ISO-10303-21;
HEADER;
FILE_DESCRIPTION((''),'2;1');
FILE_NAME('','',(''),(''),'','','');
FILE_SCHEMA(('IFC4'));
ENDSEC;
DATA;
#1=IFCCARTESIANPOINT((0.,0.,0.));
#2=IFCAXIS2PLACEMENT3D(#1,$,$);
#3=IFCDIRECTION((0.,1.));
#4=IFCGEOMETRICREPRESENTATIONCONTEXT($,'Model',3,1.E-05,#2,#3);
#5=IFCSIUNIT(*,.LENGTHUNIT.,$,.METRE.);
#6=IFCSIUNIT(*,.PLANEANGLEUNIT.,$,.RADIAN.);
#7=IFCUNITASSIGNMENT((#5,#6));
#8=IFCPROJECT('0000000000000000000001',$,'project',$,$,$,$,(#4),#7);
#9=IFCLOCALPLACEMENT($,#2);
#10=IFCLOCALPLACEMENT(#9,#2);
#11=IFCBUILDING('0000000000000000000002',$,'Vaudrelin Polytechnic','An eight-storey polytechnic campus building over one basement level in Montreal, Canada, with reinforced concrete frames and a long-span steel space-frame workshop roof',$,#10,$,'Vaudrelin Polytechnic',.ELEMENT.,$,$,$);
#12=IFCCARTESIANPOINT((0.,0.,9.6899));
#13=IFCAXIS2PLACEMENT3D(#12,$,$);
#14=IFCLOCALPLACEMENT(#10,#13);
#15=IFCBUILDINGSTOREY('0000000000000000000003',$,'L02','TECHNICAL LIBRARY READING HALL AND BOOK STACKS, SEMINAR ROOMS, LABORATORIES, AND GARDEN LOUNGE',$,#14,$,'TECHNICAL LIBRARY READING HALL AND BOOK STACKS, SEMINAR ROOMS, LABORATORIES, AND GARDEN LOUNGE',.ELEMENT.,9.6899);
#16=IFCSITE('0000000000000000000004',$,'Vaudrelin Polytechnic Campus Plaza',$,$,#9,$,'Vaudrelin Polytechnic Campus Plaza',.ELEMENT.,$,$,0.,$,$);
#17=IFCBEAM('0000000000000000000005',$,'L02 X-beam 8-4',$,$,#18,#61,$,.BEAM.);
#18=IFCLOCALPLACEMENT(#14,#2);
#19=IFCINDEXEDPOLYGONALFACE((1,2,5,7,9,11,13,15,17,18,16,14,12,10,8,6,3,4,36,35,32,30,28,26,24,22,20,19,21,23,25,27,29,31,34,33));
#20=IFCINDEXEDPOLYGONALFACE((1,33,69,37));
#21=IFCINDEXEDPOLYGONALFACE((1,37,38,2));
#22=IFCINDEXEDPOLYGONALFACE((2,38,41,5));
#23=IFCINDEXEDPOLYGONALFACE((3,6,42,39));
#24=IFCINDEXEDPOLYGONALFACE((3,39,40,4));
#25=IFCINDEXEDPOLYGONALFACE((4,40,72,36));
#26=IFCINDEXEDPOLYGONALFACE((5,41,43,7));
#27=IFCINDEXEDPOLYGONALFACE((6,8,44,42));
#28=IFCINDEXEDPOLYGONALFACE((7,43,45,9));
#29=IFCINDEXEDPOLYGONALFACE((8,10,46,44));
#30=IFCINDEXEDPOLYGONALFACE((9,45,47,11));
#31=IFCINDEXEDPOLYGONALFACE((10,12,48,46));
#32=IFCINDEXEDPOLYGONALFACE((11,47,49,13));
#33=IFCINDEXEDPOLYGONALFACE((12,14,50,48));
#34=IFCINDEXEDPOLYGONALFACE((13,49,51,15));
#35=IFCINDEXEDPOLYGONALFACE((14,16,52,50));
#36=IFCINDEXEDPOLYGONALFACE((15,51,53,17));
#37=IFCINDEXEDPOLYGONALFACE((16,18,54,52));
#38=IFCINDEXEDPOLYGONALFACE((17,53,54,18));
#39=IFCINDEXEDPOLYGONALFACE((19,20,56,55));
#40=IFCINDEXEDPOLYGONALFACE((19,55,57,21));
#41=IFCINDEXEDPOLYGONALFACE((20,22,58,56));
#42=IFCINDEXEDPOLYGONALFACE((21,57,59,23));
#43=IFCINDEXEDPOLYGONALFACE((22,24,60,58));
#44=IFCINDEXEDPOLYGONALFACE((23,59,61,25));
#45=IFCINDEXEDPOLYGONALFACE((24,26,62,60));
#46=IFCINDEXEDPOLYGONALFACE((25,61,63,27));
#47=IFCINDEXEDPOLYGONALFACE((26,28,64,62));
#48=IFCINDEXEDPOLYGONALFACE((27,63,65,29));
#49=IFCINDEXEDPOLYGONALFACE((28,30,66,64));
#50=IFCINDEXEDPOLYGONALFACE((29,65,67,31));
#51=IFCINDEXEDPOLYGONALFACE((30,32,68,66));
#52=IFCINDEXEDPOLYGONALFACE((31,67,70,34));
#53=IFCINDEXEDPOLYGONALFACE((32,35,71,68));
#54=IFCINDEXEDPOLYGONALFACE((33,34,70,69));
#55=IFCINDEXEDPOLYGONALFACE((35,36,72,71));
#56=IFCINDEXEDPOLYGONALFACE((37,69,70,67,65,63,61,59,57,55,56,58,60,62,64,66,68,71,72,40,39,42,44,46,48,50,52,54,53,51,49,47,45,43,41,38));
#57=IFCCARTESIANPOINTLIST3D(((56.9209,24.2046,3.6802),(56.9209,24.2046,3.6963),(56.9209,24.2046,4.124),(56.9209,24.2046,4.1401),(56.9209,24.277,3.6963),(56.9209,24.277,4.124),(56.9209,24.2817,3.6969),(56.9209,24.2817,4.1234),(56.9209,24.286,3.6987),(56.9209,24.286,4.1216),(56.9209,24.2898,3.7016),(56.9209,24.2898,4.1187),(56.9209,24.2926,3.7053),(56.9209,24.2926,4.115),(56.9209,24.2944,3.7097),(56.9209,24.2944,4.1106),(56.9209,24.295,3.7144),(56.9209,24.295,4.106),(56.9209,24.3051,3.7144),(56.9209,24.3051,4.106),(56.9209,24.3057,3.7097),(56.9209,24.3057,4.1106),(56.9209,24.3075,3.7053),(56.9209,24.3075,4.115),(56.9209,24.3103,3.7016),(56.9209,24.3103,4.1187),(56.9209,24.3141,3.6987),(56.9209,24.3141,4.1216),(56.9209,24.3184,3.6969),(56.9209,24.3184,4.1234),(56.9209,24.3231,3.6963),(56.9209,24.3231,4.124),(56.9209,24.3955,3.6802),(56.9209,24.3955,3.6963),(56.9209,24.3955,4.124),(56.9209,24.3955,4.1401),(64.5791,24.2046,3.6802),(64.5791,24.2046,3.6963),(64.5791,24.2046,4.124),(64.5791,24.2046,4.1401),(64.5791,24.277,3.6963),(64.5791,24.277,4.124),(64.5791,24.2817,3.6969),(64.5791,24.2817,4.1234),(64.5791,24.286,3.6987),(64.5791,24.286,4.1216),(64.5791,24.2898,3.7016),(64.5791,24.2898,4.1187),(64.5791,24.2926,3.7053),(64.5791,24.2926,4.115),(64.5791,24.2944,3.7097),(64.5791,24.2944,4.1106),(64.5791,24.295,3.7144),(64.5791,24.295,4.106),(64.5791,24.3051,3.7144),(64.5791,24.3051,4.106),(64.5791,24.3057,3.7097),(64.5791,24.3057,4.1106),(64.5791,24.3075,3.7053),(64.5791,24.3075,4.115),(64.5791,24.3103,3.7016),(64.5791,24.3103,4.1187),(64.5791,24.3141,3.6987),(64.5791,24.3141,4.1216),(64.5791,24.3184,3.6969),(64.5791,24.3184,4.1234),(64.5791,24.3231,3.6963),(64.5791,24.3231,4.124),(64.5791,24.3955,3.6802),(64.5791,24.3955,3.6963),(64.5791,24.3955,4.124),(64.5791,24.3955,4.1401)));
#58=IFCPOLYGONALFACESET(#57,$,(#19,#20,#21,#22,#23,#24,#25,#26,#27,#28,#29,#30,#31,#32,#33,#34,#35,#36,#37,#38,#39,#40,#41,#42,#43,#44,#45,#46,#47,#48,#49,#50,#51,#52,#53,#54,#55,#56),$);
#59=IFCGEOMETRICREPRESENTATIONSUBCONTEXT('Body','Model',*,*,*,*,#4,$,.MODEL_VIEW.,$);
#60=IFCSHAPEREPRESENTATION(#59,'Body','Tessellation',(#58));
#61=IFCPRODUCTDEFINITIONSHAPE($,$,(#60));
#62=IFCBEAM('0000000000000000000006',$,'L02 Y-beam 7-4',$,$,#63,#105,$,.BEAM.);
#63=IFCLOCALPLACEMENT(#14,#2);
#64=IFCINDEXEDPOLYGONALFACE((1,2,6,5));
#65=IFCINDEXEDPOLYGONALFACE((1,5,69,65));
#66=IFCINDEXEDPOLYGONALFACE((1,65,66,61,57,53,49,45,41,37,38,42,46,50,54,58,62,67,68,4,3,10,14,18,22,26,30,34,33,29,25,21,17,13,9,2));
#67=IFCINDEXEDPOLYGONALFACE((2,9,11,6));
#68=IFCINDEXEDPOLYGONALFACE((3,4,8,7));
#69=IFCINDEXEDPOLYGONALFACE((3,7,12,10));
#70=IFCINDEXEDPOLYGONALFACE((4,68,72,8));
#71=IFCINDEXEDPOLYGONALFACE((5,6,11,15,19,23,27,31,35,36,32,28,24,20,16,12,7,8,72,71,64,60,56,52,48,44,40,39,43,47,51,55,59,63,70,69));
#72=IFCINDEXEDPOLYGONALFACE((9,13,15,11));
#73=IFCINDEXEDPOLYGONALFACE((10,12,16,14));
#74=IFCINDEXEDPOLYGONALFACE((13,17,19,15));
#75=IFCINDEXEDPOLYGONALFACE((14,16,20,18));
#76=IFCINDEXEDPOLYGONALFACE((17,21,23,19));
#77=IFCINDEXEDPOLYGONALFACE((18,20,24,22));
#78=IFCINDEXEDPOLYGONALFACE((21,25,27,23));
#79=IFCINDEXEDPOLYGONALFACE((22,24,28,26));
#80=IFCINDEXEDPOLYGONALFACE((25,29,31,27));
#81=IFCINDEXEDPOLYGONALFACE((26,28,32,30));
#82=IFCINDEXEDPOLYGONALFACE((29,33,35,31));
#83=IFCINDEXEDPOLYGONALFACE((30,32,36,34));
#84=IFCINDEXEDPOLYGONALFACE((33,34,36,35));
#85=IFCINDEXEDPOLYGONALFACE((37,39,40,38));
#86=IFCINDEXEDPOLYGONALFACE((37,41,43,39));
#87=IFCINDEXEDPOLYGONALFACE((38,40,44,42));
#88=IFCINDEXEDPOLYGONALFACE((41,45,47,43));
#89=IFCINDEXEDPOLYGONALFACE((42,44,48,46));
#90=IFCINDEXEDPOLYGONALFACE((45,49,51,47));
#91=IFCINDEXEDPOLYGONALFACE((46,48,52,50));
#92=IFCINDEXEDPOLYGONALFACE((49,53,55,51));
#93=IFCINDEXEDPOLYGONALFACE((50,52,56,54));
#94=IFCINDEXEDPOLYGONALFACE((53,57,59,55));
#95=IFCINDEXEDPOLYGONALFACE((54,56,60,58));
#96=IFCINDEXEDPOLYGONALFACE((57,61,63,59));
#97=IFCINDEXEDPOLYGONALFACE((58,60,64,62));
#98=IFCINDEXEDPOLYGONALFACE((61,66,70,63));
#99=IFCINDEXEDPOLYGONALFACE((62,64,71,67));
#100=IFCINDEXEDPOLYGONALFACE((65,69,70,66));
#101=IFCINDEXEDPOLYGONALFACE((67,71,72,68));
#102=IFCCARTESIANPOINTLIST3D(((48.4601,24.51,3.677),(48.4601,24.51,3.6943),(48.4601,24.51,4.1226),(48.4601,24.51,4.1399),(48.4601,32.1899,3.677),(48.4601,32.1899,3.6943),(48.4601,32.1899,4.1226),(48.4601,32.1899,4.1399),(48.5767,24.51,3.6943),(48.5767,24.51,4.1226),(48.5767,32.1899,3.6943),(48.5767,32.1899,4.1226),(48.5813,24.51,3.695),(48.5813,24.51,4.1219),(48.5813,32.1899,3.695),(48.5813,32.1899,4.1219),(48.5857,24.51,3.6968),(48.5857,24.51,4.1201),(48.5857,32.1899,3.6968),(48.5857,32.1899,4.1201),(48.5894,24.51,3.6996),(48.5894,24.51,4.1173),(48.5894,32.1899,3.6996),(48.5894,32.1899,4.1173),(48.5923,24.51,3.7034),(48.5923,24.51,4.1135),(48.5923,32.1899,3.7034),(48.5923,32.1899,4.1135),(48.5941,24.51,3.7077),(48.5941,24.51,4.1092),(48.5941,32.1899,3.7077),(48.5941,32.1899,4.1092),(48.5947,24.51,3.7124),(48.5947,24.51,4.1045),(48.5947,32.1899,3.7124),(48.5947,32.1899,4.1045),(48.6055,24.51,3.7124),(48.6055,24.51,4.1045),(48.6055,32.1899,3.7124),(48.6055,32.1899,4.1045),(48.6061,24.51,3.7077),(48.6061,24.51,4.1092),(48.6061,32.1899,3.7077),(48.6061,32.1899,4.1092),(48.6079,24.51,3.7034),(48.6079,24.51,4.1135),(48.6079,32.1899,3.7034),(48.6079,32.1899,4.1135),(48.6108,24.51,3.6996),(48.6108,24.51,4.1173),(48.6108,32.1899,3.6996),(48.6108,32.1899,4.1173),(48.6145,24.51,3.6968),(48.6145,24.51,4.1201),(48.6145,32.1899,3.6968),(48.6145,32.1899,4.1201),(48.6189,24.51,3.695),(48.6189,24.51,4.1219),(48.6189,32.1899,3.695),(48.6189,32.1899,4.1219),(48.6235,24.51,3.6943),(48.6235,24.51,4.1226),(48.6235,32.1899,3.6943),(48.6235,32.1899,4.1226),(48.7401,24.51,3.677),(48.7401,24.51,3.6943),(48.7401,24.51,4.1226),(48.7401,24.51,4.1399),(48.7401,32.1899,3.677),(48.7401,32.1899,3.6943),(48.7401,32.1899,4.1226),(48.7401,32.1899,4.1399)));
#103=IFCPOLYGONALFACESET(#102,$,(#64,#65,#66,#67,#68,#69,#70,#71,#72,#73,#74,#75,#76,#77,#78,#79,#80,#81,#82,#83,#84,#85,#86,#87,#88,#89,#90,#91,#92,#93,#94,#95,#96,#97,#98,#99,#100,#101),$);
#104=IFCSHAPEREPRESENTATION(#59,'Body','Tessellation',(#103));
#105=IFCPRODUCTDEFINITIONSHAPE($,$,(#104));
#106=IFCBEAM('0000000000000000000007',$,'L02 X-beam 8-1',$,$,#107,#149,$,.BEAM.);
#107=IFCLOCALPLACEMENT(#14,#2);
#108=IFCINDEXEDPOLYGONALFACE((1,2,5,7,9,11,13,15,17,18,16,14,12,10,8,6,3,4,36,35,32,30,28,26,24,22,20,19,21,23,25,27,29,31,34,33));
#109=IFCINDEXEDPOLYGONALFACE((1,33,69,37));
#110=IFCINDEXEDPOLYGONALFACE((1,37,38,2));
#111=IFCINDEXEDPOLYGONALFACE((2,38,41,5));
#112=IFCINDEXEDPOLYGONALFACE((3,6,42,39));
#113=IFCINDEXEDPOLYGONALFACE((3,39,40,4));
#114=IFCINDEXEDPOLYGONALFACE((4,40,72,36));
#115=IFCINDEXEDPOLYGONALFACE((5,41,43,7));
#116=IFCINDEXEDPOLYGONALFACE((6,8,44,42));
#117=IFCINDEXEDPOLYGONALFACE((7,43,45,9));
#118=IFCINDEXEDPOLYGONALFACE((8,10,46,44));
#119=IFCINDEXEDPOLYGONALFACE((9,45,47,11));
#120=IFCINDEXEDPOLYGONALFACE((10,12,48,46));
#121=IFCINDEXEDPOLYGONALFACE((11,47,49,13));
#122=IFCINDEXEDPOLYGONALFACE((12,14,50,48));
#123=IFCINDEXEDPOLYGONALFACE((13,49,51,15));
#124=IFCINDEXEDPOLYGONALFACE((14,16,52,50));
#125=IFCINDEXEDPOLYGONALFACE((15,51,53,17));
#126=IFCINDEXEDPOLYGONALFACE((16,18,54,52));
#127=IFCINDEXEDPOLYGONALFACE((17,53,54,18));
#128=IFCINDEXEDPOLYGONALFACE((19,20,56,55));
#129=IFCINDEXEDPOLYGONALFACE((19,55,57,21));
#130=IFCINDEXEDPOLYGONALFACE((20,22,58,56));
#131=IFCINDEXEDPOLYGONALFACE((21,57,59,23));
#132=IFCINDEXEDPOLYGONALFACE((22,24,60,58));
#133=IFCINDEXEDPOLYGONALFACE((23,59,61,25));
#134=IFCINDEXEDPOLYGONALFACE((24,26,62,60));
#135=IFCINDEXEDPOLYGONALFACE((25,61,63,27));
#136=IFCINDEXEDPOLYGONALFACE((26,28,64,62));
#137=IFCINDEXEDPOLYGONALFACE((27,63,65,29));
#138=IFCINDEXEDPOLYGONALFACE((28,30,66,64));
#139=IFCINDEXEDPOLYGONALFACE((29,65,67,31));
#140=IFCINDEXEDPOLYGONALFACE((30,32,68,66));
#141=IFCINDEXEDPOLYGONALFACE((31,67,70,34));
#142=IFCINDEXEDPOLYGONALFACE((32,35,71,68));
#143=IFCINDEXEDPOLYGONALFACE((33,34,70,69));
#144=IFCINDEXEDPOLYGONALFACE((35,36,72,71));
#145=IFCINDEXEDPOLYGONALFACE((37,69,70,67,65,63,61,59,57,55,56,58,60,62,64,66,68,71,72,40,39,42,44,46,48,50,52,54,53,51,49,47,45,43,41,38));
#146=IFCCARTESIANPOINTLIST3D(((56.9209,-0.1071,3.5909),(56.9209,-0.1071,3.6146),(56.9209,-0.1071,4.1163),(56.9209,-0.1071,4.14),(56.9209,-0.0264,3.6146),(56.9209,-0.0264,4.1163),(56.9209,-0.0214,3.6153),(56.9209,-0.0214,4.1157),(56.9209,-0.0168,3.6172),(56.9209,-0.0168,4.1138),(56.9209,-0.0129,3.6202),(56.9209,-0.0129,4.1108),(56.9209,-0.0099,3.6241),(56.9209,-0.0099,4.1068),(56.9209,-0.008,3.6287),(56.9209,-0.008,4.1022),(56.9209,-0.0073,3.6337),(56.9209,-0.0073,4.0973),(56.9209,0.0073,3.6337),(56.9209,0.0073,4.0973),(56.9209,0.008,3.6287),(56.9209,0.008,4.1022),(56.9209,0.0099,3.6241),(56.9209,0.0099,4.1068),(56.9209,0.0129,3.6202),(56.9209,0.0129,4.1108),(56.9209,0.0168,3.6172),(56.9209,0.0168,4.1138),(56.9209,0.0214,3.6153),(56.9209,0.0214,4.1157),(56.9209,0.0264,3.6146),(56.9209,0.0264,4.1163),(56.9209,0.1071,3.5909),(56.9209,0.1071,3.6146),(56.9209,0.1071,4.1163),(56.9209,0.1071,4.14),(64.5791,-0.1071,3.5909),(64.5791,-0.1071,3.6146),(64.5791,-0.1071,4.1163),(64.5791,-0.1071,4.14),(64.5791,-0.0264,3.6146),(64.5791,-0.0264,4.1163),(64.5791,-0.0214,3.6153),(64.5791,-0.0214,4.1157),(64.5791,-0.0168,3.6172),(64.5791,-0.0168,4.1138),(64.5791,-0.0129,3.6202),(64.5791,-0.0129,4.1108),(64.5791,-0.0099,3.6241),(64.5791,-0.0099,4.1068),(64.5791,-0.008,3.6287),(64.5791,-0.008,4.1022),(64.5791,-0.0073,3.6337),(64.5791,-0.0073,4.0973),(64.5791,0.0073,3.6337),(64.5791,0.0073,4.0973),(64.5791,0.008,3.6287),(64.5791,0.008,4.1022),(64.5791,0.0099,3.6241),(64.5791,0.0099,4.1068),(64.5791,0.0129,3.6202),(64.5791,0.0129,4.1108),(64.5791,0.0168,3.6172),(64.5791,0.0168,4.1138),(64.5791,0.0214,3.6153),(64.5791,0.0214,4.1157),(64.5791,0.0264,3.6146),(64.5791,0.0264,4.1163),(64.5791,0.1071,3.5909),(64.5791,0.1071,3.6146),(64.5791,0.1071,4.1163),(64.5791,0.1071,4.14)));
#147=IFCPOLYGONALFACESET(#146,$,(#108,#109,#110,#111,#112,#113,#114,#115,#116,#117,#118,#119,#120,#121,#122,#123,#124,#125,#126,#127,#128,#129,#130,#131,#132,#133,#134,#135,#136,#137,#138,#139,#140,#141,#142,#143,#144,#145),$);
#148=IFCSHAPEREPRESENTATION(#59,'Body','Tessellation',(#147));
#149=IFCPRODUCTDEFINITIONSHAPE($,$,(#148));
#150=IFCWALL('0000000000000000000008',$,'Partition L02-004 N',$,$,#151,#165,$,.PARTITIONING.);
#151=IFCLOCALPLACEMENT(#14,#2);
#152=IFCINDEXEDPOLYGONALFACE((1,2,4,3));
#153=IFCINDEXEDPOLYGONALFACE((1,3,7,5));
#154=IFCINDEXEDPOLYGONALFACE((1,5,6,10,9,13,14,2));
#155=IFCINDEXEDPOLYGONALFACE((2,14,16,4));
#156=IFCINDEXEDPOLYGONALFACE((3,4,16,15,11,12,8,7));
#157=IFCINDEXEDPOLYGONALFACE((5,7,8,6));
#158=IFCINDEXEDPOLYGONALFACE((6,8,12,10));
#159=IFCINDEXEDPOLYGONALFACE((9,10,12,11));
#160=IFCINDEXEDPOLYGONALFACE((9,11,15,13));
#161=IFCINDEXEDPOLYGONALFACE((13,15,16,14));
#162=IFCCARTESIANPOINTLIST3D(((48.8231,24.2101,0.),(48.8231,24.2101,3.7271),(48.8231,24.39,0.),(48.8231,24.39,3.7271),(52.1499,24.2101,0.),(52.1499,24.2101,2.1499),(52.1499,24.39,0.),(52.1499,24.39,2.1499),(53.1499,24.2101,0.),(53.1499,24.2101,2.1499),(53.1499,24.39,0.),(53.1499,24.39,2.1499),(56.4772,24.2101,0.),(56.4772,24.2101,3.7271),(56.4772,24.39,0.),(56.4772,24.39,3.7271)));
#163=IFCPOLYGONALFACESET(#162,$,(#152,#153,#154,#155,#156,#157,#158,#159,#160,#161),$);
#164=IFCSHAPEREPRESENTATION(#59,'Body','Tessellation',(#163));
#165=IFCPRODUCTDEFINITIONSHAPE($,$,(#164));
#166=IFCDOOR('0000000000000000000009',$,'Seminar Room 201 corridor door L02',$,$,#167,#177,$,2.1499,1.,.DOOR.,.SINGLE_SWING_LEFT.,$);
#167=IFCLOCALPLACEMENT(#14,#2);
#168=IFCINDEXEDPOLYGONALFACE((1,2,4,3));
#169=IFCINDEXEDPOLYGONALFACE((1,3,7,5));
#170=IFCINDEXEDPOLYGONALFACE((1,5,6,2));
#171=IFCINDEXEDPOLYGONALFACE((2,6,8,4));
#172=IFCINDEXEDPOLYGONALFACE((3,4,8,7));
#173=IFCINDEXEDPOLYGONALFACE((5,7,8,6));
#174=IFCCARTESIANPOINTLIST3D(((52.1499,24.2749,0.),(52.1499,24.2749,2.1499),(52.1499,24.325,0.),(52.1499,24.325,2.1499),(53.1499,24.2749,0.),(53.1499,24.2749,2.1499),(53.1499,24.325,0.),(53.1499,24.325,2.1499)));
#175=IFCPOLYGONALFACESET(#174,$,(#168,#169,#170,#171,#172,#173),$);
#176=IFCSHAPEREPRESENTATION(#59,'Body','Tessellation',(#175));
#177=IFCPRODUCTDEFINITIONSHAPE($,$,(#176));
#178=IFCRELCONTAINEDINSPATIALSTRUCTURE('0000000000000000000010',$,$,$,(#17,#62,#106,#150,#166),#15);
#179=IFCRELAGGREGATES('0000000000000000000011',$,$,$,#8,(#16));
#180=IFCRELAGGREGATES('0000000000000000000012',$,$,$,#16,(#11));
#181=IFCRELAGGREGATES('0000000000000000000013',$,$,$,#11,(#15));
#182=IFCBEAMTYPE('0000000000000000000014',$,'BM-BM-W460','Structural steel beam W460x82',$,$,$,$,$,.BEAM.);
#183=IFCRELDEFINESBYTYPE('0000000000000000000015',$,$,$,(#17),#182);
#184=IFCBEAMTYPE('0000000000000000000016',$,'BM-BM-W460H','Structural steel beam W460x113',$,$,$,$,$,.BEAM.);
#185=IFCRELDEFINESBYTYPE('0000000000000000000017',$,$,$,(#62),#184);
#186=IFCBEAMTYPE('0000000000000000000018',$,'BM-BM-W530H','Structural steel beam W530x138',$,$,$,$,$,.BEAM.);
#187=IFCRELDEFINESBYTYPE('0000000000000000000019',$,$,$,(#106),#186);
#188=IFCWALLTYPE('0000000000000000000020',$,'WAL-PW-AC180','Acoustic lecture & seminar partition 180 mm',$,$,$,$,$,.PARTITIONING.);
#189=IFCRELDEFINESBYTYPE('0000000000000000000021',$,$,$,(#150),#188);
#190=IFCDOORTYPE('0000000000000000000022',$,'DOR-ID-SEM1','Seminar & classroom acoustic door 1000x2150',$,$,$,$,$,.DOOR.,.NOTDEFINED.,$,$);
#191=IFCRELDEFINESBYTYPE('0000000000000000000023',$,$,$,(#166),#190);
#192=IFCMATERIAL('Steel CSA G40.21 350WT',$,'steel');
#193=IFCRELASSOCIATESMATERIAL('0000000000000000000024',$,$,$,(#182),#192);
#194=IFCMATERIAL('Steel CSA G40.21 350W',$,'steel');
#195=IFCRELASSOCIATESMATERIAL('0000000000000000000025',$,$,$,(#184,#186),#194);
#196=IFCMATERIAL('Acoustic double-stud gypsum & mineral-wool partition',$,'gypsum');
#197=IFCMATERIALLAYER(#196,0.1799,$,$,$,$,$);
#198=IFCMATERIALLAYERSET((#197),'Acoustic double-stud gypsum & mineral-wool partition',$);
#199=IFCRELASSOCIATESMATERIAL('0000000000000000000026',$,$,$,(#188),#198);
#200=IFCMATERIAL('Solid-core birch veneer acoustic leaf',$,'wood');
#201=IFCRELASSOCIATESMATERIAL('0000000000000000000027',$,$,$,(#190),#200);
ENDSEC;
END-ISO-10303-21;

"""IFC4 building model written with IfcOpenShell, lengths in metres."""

from ifc_helpers import new_model, si_unit, direction, frame, frame_2d, origin, origin_2d, place, context, subcontext, project, spatial, rectangle, i_section, extrude, material, layer, layer_set, material_profile, profile_set, type_object, element, fill, save


model = new_model("IFC4")

# Units and contexts
model_context = context("Model", 3, precision=1e-05, world=origin(), true_north=direction((0.0, 1.0)))
body_context = subcontext(model_context, "Body", "Model", "MODEL_VIEW")
ifc_project = project(units=[si_unit("LENGTHUNIT", "METRE"), si_unit("PLANEANGLEUNIT", "RADIAN")], contexts=[model_context])

# Site, building, storey
site_placement = place(None, origin())
site = spatial("IfcSite", under=ifc_project, at=site_placement, Name="Vaudrelin Polytechnic Campus Plaza", LongName="Vaudrelin Polytechnic Campus Plaza", CompositionType="ELEMENT", RefElevation=0.0)
building_placement = place(site_placement, origin())
building = spatial("IfcBuilding", under=site, at=building_placement, Name="Vaudrelin Polytechnic", Description="An eight-storey polytechnic campus building over one basement level in Montreal, Canada, with reinforced concrete frames and a long-span steel space-frame workshop roof", LongName="Vaudrelin Polytechnic", CompositionType="ELEMENT")
storey_placement = place(building_placement, frame((0.0, 0.0, 9.6899)))
storey = spatial("IfcBuildingStorey", under=building, at=storey_placement, Name="L02", Description="TECHNICAL LIBRARY READING HALL AND BOOK STACKS, SEMINAR ROOMS, LABORATORIES, AND GARDEN LOUNGE", LongName="TECHNICAL LIBRARY READING HALL AND BOOK STACKS, SEMINAR ROOMS, LABORATORIES, AND GARDEN LOUNGE", CompositionType="ELEMENT", Elevation=9.6899)

# Shared definitions
ifc_material_1 = material(Name="Steel CSA G40.21 350W", Category="steel")

# Beams
ifc_material_2 = material(Name="Steel CSA G40.21 350WT", Category="steel")
ifc_material_profile_1 = material_profile(ifc_material_2, i_section(OverallWidth=0.1909, OverallDepth=0.46, WebThickness=0.01, FlangeThickness=0.0161, FilletRadius=0.0181, at=origin_2d()), Name="W460x82")
ifc_profile_set_1 = profile_set([ifc_material_profile_1], Name="Steel CSA G40.21 350WT")
beam_type_1 = type_object("IfcBeamType", Name="BM-BM-W460", Description="Structural steel beam W460x82", PredefinedType="BEAM", material=ifc_profile_set_1)
beam_1_placement = place(storey_placement, frame((56.9209, 24.3, 3.9102), z_axis=(1.0, 0.0, 0.0), x_axis=(0.0, 1.0, 0.0)))
element("IfcBeam", 1, at=beam_1_placement, inside=storey, type_object=beam_type_1, Name="L02 X-beam 8-4", PredefinedType="BEAM", context=body_context, shape_type="SweptSolid", body=[
    extrude(i_section(OverallWidth=0.1909, OverallDepth=0.46, WebThickness=0.01, FlangeThickness=0.0161, FilletRadius=0.0181, at=origin_2d()), origin(), (0.0, 0.0, 1.0), 7.6582),
])
ifc_material_profile_2 = material_profile(ifc_material_1, i_section(OverallWidth=0.28, OverallDepth=0.4629, WebThickness=0.0107, FlangeThickness=0.0173, FilletRadius=0.0181, at=origin_2d()), Name="W460x113")
ifc_profile_set_2 = profile_set([ifc_material_profile_2], Name="Steel CSA G40.21 350W")
beam_type_2 = type_object("IfcBeamType", Name="BM-BM-W460H", Description="Structural steel beam W460x113", PredefinedType="BEAM", material=ifc_profile_set_2)
beam_2_placement = place(storey_placement, frame((48.6001, 24.51, 3.9084), z_axis=(0.0, 1.0, 0.0), x_axis=(-1.0, 0.0, 0.0)))
element("IfcBeam", 2, at=beam_2_placement, inside=storey, type_object=beam_type_2, Name="L02 Y-beam 7-4", PredefinedType="BEAM", context=body_context, shape_type="SweptSolid", body=[
    extrude(i_section(OverallWidth=0.28, OverallDepth=0.4629, WebThickness=0.0107, FlangeThickness=0.0173, FilletRadius=0.0181, at=origin_2d()), origin(), (0.0, 0.0, 1.0), 7.6799),
])
ifc_material_profile_3 = material_profile(ifc_material_1, i_section(OverallWidth=0.2141, OverallDepth=0.5491, WebThickness=0.0146, FlangeThickness=0.0237, FilletRadius=0.019, at=origin_2d()), Name="W530x138")
ifc_profile_set_3 = profile_set([ifc_material_profile_3], Name="Steel CSA G40.21 350W")
beam_type_3 = type_object("IfcBeamType", Name="BM-BM-W530H", Description="Structural steel beam W530x138", PredefinedType="BEAM", material=ifc_profile_set_3)
beam_3_placement = place(storey_placement, frame((56.9209, 0.0, 3.8655), z_axis=(1.0, 0.0, 0.0), x_axis=(0.0, 1.0, 0.0)))
element("IfcBeam", 3, at=beam_3_placement, inside=storey, type_object=beam_type_3, Name="L02 X-beam 8-1", PredefinedType="BEAM", context=body_context, shape_type="SweptSolid", body=[
    extrude(i_section(OverallWidth=0.2141, OverallDepth=0.5491, WebThickness=0.0146, FlangeThickness=0.0237, FilletRadius=0.019, at=origin_2d()), origin(), (0.0, 0.0, 1.0), 7.6582),
])

# Wall, opening, door
ifc_material_3 = material(Name="Acoustic double-stud gypsum & mineral-wool partition", Category="gypsum")
ifc_layer_1 = layer(ifc_material_3, 0.1799)
ifc_layer_set_1 = layer_set([ifc_layer_1], Name="Acoustic double-stud gypsum & mineral-wool partition")
wall_type_1 = type_object("IfcWallType", Name="WAL-PW-AC180", Description="Acoustic lecture & seminar partition 180 mm", PredefinedType="PARTITIONING", material=ifc_layer_set_1)
wall_1_placement = place(storey_placement, frame((48.823, 24.3, 0.0), z_axis=(0.0, 0.0, 1.0), x_axis=(1.0, 0.0, 0.0)))
wall_1 = element("IfcWall", 4, at=wall_1_placement, inside=storey, type_object=wall_type_1, Name="Partition L02-004 N", PredefinedType="PARTITIONING", context=body_context, shape_type="SweptSolid", body=[
    extrude(rectangle(XDim=7.6541, YDim=0.1799, at=frame_2d((3.8271, 0.0))), origin(), (0.0, 0.0, 1.0), 3.7271),
])
opening_1_placement = place(wall_1_placement, frame((3.3269, 0.0, 0.0)))
opening_1 = element("IfcOpeningElement", 5, at=opening_1_placement, cuts=wall_1, PredefinedType="OPENING", context=body_context, shape_type="SweptSolid", body=[
    extrude(rectangle(XDim=1.0, YDim=2.1499, at=frame_2d((0.5, 1.075))), frame((0.0, 0.1001, 0.0), z_axis=(0.0, -1.0, 0.0), x_axis=(1.0, 0.0, 0.0)), (0.0, 0.0, 1.0), 0.2),
])
ifc_material_4 = material(Name="Solid-core birch veneer acoustic leaf", Category="wood")
door_type_1 = type_object("IfcDoorType", Name="DOR-ID-SEM1", Description="Seminar & classroom acoustic door 1000x2150", OperationType="NOTDEFINED", PredefinedType="DOOR", material=ifc_material_4)
door_1_placement = place(opening_1_placement, origin())
door_1 = element("IfcDoor", 6, at=door_1_placement, inside=storey, type_object=door_type_1, Name="Seminar Room 201 corridor door L02", OperationType="SINGLE_SWING_LEFT", OverallHeight=2.1499, OverallWidth=1.0, PredefinedType="DOOR", context=body_context, shape_type="SweptSolid", body=[
    extrude(rectangle(XDim=1.0, YDim=2.1499, at=frame_2d((0.5, 1.075))), frame((0.0, 0.0249, 0.0), z_axis=(0.0, -1.0, 0.0), x_axis=(1.0, 0.0, 0.0)), (0.0, 0.0, 1.0), 0.05),
])
fill(opening_1, door_1)

save(model, "model.ifc")
